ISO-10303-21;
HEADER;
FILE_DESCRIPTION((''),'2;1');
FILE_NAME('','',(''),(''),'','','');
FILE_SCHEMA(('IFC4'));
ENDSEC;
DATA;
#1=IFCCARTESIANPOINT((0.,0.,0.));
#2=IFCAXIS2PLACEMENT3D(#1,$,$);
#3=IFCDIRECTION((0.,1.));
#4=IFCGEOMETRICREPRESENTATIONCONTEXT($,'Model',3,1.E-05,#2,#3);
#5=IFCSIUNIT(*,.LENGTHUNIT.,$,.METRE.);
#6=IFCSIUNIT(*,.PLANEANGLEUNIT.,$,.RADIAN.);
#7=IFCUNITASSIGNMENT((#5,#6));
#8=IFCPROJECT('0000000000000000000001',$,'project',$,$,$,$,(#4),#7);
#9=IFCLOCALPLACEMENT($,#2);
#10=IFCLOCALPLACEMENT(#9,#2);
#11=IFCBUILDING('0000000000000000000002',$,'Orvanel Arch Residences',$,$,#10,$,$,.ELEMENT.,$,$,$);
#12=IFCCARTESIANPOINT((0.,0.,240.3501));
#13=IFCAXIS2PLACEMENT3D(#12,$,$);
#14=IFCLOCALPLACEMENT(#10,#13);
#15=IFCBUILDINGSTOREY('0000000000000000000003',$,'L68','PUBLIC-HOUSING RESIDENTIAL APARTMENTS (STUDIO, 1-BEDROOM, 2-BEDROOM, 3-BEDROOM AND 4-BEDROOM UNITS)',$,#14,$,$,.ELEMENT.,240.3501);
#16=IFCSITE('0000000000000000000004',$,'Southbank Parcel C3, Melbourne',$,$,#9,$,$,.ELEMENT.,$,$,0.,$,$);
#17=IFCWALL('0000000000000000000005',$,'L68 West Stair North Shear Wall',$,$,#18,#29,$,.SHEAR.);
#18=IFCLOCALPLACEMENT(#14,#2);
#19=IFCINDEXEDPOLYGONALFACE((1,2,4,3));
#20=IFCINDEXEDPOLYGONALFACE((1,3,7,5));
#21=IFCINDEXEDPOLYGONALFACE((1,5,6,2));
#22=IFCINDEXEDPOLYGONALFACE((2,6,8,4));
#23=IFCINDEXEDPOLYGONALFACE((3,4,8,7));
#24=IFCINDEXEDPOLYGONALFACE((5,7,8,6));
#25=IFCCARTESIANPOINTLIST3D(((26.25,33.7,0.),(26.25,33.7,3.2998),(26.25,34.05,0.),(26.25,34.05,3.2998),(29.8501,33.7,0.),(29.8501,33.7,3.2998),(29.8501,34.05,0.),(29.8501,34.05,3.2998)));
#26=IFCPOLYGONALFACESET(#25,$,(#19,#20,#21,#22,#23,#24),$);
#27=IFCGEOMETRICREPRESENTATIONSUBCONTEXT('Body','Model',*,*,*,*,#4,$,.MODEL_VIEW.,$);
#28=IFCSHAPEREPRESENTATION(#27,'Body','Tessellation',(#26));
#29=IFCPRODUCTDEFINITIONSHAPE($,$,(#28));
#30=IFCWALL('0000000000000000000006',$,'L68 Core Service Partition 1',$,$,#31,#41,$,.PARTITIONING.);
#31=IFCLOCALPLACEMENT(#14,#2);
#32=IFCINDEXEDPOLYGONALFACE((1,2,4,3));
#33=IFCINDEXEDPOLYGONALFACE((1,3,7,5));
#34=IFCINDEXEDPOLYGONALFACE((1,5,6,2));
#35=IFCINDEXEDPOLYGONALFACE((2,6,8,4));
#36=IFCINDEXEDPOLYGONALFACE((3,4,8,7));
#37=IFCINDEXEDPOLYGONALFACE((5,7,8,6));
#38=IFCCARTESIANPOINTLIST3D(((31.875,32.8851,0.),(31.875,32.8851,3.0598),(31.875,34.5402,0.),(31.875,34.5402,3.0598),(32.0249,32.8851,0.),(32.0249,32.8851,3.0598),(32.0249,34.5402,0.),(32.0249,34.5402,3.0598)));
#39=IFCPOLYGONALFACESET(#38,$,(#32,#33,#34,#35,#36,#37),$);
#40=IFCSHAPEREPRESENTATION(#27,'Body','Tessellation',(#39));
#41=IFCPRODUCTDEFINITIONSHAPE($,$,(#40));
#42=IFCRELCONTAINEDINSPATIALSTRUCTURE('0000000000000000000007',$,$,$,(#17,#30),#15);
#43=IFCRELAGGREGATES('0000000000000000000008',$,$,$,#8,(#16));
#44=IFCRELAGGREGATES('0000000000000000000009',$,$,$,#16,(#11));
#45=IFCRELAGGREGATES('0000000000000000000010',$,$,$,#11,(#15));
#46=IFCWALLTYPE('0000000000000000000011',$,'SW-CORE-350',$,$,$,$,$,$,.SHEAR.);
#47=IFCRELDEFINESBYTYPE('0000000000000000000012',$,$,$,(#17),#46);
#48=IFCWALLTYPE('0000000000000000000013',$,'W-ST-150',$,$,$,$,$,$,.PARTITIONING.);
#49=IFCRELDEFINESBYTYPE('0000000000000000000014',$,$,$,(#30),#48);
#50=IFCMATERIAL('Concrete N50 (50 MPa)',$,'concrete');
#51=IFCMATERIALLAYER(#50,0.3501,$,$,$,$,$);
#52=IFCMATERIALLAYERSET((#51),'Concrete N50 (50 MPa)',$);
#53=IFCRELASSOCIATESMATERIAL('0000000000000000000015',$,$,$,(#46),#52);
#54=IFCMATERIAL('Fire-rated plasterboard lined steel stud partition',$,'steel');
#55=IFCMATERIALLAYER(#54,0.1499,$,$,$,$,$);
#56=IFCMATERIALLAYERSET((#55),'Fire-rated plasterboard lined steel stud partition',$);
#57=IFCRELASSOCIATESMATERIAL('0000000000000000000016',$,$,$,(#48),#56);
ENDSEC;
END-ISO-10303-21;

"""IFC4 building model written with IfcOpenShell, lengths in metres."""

from ifc_helpers import new_model, si_unit, direction, frame, frame_2d, origin, place, context, subcontext, project, spatial, rectangle, extrude, material, layer, layer_set, type_object, element, save


model = new_model("IFC4")

# Units and contexts
model_context = context("Model", 3, precision=1e-05, world=origin(), true_north=direction((0.0, 1.0)))
body_context = subcontext(model_context, "Body", "Model", "MODEL_VIEW")
ifc_project = project(units=[si_unit("LENGTHUNIT", "METRE"), si_unit("PLANEANGLEUNIT", "RADIAN")], contexts=[model_context])

# Site, building, storey
site_placement = place(None, origin())
site = spatial("IfcSite", under=ifc_project, at=site_placement, Name="Southbank Parcel C3, Melbourne", CompositionType="ELEMENT", RefElevation=0.0)
building_placement = place(site_placement, origin())
building = spatial("IfcBuilding", under=site, at=building_placement, Name="Orvanel Arch Residences", CompositionType="ELEMENT")
storey_placement = place(building_placement, frame((0.0, 0.0, 240.3501)))
storey = spatial("IfcBuildingStorey", under=building, at=storey_placement, Name="L68", Description="PUBLIC-HOUSING RESIDENTIAL APARTMENTS (STUDIO, 1-BEDROOM, 2-BEDROOM, 3-BEDROOM AND 4-BEDROOM UNITS)", CompositionType="ELEMENT", Elevation=240.3501)

# Shared definitions
ifc_material_1 = material(Name="Concrete N50 (50 MPa)", Category="concrete")

# Walls
ifc_layer_1 = layer(ifc_material_1, 0.3501)
ifc_layer_set_1 = layer_set([ifc_layer_1], Name="Concrete N50 (50 MPa)")
wall_type_1 = type_object("IfcWallType", Name="SW-CORE-350", PredefinedType="SHEAR", material=ifc_layer_set_1)
wall_1_placement = place(storey_placement, frame((26.25, 33.875, 0.0), z_axis=(0.0, 0.0, 1.0), x_axis=(1.0, 0.0, 0.0)))
element("IfcWall", 1, at=wall_1_placement, inside=storey, type_object=wall_type_1, Name="L68 West Stair North Shear Wall", PredefinedType="SHEAR", context=body_context, shape_type="SweptSolid", body=[
    extrude(rectangle(XDim=3.6001, YDim=0.3501, at=frame_2d((1.8, 0.0))), origin(), (0.0, 0.0, 1.0), 3.2998),
])
ifc_material_2 = material(Name="Fire-rated plasterboard lined steel stud partition", Category="steel")
ifc_layer_2 = layer(ifc_material_2, 0.1499)
ifc_layer_set_2 = layer_set([ifc_layer_2], Name="Fire-rated plasterboard lined steel stud partition")
wall_type_2 = type_object("IfcWallType", Name="W-ST-150", PredefinedType="PARTITIONING", material=ifc_layer_set_2)
wall_2_placement = place(storey_placement, frame((31.95, 32.885, 0.0), z_axis=(0.0, 0.0, 1.0), x_axis=(0.0, 1.0, 0.0)))
element("IfcWall", 2, at=wall_2_placement, inside=storey, type_object=wall_type_2, Name="L68 Core Service Partition 1", PredefinedType="PARTITIONING", context=body_context, shape_type="SweptSolid", body=[
    extrude(rectangle(XDim=1.655, YDim=0.1499, at=frame_2d((0.8276, 0.0))), origin(), (0.0, 0.0, 1.0), 3.0598),
])

save(model, "model.ifc")
